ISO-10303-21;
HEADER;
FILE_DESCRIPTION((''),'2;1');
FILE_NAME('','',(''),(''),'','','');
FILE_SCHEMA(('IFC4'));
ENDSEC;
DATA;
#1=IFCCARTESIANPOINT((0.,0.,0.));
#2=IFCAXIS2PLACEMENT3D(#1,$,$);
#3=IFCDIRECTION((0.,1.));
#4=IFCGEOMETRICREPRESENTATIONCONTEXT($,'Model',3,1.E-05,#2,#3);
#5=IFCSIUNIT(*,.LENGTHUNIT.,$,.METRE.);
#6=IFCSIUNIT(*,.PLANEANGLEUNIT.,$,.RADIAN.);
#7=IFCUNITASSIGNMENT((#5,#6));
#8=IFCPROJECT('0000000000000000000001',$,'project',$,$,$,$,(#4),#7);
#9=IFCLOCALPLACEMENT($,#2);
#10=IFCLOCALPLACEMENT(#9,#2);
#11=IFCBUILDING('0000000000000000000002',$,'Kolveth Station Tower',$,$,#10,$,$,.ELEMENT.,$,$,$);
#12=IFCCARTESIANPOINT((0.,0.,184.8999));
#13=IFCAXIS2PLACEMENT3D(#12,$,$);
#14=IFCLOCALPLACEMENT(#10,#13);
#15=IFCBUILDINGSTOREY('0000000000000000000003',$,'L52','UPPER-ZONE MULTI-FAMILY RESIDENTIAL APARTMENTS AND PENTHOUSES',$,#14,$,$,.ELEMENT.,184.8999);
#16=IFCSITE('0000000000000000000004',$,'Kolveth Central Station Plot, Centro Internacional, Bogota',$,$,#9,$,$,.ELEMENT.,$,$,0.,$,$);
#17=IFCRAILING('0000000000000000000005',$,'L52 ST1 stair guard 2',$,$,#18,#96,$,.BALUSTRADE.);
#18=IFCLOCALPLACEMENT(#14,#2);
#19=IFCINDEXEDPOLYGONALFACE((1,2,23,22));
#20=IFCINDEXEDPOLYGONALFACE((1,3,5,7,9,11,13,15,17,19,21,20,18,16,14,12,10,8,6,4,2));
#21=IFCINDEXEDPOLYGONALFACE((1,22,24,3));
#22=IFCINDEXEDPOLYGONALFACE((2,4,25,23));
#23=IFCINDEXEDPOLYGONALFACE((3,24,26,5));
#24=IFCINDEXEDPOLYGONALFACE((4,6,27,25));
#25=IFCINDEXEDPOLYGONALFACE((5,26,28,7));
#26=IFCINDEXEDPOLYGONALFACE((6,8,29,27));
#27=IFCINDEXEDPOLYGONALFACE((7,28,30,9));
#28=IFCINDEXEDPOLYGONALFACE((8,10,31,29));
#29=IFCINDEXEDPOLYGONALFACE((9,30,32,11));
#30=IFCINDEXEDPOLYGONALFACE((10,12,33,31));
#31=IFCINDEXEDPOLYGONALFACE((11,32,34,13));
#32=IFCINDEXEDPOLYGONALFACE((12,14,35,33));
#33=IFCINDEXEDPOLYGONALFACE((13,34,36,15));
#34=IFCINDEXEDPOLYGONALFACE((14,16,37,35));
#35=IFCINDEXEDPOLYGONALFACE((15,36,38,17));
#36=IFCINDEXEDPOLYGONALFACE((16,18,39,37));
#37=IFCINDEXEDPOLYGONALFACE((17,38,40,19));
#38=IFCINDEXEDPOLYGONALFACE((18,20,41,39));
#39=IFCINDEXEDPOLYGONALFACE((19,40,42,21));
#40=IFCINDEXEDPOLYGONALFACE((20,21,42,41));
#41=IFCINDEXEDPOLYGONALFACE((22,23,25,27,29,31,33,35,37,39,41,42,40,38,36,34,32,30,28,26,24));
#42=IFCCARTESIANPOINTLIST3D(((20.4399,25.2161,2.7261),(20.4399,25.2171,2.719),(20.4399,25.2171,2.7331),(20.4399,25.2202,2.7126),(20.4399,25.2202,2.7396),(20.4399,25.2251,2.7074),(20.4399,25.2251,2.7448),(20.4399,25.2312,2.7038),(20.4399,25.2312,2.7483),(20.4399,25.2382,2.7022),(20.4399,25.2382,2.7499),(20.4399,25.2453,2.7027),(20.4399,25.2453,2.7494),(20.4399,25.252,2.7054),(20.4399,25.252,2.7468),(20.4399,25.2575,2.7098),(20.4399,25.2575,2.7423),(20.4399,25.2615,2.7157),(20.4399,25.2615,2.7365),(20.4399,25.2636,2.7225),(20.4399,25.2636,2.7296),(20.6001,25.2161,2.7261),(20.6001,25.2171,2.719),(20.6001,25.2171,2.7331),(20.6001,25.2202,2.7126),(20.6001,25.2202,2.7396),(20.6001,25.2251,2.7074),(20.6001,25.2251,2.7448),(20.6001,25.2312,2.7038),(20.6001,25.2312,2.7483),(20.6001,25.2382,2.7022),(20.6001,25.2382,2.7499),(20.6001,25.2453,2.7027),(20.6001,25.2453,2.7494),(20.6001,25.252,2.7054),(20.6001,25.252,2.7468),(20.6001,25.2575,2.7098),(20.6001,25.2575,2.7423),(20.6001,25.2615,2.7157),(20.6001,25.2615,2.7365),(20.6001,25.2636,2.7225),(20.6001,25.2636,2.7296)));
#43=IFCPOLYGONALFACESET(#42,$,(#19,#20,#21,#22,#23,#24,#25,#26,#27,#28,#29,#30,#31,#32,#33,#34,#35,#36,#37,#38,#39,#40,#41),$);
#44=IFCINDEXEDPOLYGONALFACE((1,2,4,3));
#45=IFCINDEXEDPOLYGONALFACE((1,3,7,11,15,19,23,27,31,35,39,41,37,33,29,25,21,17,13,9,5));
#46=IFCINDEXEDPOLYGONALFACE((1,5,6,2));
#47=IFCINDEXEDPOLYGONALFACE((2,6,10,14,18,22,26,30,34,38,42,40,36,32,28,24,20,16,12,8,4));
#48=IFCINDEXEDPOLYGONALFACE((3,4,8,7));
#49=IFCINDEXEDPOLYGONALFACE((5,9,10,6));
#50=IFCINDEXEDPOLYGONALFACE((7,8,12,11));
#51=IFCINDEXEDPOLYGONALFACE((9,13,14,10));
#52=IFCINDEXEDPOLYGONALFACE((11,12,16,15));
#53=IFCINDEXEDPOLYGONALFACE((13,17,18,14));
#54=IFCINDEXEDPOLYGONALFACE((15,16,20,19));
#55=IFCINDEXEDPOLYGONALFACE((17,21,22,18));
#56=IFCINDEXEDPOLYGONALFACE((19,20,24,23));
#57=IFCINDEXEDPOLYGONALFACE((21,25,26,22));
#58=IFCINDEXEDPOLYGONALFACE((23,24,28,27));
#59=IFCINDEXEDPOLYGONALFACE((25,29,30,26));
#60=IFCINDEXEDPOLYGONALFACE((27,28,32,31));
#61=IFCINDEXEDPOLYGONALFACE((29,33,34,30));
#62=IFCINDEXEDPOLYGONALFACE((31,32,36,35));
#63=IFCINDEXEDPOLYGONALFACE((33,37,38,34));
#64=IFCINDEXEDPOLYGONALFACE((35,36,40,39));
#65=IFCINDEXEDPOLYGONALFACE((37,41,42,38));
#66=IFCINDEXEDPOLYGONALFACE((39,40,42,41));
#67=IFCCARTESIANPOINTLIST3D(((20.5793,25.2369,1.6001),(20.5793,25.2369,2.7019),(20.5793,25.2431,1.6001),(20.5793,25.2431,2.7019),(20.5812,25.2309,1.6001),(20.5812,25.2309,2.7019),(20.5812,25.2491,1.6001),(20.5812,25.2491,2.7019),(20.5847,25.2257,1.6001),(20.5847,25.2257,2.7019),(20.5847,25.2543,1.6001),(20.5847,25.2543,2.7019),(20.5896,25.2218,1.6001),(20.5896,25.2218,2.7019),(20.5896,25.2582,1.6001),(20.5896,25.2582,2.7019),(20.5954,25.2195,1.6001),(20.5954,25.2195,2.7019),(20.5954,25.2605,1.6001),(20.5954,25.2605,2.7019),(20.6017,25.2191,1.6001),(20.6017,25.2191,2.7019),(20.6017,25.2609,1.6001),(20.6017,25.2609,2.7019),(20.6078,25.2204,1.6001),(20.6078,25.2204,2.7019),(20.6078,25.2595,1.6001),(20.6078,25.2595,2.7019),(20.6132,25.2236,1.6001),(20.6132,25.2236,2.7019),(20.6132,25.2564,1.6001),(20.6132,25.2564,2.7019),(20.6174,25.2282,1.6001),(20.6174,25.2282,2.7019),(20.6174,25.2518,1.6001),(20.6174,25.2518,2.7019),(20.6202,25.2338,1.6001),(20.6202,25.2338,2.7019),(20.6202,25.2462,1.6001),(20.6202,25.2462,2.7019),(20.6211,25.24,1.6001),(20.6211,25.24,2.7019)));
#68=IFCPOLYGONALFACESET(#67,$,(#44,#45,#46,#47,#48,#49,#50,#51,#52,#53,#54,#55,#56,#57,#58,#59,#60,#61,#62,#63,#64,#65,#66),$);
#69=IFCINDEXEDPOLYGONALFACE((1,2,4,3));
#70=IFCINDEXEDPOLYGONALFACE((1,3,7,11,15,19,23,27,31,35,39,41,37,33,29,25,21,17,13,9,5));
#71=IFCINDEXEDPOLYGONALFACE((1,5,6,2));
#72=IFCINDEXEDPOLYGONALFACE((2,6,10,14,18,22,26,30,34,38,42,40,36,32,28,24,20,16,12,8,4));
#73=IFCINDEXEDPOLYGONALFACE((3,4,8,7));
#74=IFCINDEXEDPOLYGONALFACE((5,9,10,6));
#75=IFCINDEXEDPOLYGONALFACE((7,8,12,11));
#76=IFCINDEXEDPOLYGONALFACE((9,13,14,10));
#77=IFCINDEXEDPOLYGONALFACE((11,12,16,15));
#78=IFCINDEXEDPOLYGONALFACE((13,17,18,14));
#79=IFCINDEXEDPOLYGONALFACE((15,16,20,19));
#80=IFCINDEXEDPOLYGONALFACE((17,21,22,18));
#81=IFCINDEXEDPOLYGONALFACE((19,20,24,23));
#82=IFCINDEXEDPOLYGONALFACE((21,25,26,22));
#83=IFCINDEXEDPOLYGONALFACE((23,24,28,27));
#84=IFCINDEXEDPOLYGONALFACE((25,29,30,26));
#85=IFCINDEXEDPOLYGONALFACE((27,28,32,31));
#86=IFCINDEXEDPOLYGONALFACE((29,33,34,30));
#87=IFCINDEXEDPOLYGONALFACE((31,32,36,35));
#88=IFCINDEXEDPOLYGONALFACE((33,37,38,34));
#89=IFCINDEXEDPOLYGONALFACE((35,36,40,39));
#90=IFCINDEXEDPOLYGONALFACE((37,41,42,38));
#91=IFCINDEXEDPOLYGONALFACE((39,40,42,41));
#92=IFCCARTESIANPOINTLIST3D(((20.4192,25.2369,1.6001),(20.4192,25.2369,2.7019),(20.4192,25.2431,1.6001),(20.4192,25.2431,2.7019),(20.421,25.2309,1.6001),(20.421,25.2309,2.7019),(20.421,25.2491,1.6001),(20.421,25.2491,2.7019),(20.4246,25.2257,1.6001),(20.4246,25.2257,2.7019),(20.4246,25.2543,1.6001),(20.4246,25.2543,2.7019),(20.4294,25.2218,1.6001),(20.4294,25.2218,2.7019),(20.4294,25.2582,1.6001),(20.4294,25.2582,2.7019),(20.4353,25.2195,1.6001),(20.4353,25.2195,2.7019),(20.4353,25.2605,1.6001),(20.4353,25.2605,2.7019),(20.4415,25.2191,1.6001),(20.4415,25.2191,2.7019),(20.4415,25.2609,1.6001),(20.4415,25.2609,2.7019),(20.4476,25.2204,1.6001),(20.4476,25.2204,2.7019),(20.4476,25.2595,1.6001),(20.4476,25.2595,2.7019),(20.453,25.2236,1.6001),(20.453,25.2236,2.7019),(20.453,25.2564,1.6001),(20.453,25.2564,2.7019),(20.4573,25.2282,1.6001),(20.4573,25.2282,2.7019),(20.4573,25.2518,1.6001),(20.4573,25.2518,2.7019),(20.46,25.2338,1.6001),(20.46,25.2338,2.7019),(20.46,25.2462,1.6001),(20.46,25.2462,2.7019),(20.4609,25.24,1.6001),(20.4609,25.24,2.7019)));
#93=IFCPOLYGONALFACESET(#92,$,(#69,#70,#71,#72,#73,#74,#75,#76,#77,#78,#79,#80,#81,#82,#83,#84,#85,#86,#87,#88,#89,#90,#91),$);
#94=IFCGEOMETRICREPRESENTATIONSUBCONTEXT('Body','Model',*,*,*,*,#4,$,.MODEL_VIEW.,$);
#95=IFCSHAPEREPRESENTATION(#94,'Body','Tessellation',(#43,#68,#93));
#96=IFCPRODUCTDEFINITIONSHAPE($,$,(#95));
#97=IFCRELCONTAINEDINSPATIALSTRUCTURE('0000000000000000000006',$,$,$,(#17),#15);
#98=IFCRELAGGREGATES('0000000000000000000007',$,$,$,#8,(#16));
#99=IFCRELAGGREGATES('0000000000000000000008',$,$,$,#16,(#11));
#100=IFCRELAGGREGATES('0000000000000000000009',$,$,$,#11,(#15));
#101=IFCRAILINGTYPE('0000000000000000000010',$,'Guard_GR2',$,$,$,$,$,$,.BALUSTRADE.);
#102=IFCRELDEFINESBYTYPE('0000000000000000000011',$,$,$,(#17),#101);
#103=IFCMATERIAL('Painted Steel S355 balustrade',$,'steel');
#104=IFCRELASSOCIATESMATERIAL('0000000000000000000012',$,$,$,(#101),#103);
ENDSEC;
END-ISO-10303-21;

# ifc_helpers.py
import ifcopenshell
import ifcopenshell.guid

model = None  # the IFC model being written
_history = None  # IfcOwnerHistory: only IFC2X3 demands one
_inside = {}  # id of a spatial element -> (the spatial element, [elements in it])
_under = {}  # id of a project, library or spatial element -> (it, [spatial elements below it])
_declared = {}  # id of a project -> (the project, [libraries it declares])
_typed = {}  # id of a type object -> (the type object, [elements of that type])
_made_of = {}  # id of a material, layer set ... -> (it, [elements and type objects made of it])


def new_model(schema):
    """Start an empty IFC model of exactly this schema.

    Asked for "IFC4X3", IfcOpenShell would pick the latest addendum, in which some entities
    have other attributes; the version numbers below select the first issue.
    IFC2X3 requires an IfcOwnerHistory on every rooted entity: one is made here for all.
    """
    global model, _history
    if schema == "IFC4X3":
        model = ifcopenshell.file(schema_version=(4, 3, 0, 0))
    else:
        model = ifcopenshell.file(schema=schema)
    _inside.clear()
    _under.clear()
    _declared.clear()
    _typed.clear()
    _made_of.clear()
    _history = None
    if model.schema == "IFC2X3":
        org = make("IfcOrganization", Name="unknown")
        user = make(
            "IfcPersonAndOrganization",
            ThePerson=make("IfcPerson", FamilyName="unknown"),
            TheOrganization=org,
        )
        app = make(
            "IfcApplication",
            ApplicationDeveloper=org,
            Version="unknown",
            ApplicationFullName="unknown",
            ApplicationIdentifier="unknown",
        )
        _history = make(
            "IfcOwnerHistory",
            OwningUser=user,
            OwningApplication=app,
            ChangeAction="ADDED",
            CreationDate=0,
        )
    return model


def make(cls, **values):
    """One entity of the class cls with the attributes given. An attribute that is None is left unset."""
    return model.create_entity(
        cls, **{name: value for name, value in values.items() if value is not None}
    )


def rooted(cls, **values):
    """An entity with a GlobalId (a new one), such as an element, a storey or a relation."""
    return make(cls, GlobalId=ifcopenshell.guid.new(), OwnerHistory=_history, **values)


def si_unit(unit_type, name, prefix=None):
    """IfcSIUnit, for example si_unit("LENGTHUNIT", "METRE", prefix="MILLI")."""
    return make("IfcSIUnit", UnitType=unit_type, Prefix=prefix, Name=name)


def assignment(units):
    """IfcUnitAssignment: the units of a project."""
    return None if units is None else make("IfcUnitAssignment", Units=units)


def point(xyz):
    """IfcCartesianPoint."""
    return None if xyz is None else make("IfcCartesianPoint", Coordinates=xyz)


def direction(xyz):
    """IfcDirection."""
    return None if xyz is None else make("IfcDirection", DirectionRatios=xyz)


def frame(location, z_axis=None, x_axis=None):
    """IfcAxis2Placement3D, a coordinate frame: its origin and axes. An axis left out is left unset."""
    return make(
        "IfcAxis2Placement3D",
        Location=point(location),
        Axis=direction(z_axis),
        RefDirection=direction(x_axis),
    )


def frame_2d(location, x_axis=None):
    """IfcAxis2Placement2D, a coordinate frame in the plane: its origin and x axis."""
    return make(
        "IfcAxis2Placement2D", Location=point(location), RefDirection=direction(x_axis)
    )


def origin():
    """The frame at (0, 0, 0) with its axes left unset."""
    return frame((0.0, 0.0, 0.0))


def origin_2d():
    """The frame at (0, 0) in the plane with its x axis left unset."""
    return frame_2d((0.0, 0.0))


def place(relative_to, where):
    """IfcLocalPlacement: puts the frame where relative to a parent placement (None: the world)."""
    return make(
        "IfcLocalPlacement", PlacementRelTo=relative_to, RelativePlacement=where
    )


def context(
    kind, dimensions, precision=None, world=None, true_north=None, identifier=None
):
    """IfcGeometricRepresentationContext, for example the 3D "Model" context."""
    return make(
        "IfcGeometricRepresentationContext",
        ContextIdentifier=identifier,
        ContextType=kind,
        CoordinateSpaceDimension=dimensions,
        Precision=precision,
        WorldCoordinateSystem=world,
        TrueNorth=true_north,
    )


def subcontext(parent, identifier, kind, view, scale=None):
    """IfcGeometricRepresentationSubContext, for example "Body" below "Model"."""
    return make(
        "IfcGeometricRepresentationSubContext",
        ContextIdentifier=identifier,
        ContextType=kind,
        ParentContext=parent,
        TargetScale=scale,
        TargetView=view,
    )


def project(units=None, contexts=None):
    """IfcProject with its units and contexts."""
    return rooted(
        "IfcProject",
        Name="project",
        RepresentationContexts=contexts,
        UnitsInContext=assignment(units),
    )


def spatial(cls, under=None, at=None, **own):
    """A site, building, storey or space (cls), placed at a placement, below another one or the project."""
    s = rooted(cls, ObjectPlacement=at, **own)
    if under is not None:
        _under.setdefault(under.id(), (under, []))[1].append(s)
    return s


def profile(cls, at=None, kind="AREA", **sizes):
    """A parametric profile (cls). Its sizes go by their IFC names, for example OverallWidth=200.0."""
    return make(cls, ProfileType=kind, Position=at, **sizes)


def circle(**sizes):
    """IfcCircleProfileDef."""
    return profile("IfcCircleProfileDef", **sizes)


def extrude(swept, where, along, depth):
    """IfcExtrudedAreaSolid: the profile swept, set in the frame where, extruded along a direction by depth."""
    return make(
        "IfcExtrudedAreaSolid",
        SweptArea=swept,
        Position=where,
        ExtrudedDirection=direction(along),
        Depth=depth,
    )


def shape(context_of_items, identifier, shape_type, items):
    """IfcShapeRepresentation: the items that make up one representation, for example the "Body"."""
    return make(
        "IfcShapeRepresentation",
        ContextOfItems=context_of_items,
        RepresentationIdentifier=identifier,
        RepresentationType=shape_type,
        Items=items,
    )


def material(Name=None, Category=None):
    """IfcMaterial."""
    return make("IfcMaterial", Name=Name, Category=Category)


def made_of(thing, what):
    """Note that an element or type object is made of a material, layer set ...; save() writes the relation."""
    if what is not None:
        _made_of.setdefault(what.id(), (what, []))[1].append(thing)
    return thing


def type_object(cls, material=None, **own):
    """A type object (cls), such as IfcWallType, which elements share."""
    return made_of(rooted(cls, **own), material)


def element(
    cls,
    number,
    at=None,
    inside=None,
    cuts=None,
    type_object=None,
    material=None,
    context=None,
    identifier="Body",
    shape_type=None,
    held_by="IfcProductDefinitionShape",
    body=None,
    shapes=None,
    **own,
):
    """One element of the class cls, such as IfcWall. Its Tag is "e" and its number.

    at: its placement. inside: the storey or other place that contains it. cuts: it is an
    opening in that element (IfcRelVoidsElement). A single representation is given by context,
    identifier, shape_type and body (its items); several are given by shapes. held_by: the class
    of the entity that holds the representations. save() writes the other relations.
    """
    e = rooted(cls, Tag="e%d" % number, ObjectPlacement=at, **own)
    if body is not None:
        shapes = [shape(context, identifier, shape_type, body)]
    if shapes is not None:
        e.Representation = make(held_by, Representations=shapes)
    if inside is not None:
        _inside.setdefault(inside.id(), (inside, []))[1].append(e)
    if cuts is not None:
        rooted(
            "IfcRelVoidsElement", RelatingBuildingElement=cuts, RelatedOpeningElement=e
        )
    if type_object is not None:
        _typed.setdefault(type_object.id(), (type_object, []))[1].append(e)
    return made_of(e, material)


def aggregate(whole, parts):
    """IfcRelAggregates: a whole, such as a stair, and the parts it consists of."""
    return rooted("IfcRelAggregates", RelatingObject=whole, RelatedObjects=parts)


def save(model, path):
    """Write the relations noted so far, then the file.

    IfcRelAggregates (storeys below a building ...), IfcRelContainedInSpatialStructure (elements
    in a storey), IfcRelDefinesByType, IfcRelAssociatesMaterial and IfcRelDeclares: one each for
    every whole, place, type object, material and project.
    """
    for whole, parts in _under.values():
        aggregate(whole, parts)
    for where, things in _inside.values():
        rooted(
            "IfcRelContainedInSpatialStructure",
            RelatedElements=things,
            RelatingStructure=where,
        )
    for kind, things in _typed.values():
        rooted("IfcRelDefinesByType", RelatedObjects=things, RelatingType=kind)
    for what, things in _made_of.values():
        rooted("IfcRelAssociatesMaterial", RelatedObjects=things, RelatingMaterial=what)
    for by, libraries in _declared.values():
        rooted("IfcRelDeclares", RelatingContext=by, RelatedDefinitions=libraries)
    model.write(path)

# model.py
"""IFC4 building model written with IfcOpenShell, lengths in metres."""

from ifc_helpers import new_model, si_unit, direction, frame, origin, origin_2d, place, context, subcontext, project, spatial, circle, extrude, material, type_object, element, save


model = new_model("IFC4")

# Units and contexts
model_context = context("Model", 3, precision=1e-05, world=origin(), true_north=direction((0.0, 1.0)))
body_context = subcontext(model_context, "Body", "Model", "MODEL_VIEW")
ifc_project = project(units=[si_unit("LENGTHUNIT", "METRE"), si_unit("PLANEANGLEUNIT", "RADIAN")], contexts=[model_context])

# Site, building, storey
site_placement = place(None, origin())
site = spatial("IfcSite", under=ifc_project, at=site_placement, Name="Kolveth Central Station Plot, Centro Internacional, Bogota", CompositionType="ELEMENT", RefElevation=0.0)
building_placement = place(site_placement, origin())
building = spatial("IfcBuilding", under=site, at=building_placement, Name="Kolveth Station Tower", CompositionType="ELEMENT")
storey_placement = place(building_placement, frame((0.0, 0.0, 184.8999)))
storey = spatial("IfcBuildingStorey", under=building, at=storey_placement, Name="L52", Description="UPPER-ZONE MULTI-FAMILY RESIDENTIAL APARTMENTS AND PENTHOUSES", CompositionType="ELEMENT", Elevation=184.8999)

# Railing
ifc_material_1 = material(Name="Painted Steel S355 balustrade", Category="steel")
railing_type_1 = type_object("IfcRailingType", Name="Guard_GR2", PredefinedType="BALUSTRADE", material=ifc_material_1)
railing_1_placement = place(storey_placement, frame((20.6001, 25.24, 1.6001)))
element("IfcRailing", 1, at=railing_1_placement, inside=storey, type_object=railing_type_1, Name="L52 ST1 stair guard 2", PredefinedType="BALUSTRADE", context=body_context, shape_type="SweptSolid", body=[
    extrude(circle(Radius=0.0239, at=origin_2d()), frame((0.0, 0.0, 1.126), z_axis=(-1.0, 0.0, 0.0), x_axis=(0.0, -1.0, 0.0)), (0.0, 0.0, 1.0), 0.1602),
    extrude(circle(Radius=0.021, at=origin_2d()), origin(), (0.0, 0.0, 1.0), 1.1018),
    extrude(circle(Radius=0.021, at=origin_2d()), frame((-0.1602, 0.0, 0.0)), (0.0, 0.0, 1.0), 1.1018),
])

save(model, "model.ifc")
